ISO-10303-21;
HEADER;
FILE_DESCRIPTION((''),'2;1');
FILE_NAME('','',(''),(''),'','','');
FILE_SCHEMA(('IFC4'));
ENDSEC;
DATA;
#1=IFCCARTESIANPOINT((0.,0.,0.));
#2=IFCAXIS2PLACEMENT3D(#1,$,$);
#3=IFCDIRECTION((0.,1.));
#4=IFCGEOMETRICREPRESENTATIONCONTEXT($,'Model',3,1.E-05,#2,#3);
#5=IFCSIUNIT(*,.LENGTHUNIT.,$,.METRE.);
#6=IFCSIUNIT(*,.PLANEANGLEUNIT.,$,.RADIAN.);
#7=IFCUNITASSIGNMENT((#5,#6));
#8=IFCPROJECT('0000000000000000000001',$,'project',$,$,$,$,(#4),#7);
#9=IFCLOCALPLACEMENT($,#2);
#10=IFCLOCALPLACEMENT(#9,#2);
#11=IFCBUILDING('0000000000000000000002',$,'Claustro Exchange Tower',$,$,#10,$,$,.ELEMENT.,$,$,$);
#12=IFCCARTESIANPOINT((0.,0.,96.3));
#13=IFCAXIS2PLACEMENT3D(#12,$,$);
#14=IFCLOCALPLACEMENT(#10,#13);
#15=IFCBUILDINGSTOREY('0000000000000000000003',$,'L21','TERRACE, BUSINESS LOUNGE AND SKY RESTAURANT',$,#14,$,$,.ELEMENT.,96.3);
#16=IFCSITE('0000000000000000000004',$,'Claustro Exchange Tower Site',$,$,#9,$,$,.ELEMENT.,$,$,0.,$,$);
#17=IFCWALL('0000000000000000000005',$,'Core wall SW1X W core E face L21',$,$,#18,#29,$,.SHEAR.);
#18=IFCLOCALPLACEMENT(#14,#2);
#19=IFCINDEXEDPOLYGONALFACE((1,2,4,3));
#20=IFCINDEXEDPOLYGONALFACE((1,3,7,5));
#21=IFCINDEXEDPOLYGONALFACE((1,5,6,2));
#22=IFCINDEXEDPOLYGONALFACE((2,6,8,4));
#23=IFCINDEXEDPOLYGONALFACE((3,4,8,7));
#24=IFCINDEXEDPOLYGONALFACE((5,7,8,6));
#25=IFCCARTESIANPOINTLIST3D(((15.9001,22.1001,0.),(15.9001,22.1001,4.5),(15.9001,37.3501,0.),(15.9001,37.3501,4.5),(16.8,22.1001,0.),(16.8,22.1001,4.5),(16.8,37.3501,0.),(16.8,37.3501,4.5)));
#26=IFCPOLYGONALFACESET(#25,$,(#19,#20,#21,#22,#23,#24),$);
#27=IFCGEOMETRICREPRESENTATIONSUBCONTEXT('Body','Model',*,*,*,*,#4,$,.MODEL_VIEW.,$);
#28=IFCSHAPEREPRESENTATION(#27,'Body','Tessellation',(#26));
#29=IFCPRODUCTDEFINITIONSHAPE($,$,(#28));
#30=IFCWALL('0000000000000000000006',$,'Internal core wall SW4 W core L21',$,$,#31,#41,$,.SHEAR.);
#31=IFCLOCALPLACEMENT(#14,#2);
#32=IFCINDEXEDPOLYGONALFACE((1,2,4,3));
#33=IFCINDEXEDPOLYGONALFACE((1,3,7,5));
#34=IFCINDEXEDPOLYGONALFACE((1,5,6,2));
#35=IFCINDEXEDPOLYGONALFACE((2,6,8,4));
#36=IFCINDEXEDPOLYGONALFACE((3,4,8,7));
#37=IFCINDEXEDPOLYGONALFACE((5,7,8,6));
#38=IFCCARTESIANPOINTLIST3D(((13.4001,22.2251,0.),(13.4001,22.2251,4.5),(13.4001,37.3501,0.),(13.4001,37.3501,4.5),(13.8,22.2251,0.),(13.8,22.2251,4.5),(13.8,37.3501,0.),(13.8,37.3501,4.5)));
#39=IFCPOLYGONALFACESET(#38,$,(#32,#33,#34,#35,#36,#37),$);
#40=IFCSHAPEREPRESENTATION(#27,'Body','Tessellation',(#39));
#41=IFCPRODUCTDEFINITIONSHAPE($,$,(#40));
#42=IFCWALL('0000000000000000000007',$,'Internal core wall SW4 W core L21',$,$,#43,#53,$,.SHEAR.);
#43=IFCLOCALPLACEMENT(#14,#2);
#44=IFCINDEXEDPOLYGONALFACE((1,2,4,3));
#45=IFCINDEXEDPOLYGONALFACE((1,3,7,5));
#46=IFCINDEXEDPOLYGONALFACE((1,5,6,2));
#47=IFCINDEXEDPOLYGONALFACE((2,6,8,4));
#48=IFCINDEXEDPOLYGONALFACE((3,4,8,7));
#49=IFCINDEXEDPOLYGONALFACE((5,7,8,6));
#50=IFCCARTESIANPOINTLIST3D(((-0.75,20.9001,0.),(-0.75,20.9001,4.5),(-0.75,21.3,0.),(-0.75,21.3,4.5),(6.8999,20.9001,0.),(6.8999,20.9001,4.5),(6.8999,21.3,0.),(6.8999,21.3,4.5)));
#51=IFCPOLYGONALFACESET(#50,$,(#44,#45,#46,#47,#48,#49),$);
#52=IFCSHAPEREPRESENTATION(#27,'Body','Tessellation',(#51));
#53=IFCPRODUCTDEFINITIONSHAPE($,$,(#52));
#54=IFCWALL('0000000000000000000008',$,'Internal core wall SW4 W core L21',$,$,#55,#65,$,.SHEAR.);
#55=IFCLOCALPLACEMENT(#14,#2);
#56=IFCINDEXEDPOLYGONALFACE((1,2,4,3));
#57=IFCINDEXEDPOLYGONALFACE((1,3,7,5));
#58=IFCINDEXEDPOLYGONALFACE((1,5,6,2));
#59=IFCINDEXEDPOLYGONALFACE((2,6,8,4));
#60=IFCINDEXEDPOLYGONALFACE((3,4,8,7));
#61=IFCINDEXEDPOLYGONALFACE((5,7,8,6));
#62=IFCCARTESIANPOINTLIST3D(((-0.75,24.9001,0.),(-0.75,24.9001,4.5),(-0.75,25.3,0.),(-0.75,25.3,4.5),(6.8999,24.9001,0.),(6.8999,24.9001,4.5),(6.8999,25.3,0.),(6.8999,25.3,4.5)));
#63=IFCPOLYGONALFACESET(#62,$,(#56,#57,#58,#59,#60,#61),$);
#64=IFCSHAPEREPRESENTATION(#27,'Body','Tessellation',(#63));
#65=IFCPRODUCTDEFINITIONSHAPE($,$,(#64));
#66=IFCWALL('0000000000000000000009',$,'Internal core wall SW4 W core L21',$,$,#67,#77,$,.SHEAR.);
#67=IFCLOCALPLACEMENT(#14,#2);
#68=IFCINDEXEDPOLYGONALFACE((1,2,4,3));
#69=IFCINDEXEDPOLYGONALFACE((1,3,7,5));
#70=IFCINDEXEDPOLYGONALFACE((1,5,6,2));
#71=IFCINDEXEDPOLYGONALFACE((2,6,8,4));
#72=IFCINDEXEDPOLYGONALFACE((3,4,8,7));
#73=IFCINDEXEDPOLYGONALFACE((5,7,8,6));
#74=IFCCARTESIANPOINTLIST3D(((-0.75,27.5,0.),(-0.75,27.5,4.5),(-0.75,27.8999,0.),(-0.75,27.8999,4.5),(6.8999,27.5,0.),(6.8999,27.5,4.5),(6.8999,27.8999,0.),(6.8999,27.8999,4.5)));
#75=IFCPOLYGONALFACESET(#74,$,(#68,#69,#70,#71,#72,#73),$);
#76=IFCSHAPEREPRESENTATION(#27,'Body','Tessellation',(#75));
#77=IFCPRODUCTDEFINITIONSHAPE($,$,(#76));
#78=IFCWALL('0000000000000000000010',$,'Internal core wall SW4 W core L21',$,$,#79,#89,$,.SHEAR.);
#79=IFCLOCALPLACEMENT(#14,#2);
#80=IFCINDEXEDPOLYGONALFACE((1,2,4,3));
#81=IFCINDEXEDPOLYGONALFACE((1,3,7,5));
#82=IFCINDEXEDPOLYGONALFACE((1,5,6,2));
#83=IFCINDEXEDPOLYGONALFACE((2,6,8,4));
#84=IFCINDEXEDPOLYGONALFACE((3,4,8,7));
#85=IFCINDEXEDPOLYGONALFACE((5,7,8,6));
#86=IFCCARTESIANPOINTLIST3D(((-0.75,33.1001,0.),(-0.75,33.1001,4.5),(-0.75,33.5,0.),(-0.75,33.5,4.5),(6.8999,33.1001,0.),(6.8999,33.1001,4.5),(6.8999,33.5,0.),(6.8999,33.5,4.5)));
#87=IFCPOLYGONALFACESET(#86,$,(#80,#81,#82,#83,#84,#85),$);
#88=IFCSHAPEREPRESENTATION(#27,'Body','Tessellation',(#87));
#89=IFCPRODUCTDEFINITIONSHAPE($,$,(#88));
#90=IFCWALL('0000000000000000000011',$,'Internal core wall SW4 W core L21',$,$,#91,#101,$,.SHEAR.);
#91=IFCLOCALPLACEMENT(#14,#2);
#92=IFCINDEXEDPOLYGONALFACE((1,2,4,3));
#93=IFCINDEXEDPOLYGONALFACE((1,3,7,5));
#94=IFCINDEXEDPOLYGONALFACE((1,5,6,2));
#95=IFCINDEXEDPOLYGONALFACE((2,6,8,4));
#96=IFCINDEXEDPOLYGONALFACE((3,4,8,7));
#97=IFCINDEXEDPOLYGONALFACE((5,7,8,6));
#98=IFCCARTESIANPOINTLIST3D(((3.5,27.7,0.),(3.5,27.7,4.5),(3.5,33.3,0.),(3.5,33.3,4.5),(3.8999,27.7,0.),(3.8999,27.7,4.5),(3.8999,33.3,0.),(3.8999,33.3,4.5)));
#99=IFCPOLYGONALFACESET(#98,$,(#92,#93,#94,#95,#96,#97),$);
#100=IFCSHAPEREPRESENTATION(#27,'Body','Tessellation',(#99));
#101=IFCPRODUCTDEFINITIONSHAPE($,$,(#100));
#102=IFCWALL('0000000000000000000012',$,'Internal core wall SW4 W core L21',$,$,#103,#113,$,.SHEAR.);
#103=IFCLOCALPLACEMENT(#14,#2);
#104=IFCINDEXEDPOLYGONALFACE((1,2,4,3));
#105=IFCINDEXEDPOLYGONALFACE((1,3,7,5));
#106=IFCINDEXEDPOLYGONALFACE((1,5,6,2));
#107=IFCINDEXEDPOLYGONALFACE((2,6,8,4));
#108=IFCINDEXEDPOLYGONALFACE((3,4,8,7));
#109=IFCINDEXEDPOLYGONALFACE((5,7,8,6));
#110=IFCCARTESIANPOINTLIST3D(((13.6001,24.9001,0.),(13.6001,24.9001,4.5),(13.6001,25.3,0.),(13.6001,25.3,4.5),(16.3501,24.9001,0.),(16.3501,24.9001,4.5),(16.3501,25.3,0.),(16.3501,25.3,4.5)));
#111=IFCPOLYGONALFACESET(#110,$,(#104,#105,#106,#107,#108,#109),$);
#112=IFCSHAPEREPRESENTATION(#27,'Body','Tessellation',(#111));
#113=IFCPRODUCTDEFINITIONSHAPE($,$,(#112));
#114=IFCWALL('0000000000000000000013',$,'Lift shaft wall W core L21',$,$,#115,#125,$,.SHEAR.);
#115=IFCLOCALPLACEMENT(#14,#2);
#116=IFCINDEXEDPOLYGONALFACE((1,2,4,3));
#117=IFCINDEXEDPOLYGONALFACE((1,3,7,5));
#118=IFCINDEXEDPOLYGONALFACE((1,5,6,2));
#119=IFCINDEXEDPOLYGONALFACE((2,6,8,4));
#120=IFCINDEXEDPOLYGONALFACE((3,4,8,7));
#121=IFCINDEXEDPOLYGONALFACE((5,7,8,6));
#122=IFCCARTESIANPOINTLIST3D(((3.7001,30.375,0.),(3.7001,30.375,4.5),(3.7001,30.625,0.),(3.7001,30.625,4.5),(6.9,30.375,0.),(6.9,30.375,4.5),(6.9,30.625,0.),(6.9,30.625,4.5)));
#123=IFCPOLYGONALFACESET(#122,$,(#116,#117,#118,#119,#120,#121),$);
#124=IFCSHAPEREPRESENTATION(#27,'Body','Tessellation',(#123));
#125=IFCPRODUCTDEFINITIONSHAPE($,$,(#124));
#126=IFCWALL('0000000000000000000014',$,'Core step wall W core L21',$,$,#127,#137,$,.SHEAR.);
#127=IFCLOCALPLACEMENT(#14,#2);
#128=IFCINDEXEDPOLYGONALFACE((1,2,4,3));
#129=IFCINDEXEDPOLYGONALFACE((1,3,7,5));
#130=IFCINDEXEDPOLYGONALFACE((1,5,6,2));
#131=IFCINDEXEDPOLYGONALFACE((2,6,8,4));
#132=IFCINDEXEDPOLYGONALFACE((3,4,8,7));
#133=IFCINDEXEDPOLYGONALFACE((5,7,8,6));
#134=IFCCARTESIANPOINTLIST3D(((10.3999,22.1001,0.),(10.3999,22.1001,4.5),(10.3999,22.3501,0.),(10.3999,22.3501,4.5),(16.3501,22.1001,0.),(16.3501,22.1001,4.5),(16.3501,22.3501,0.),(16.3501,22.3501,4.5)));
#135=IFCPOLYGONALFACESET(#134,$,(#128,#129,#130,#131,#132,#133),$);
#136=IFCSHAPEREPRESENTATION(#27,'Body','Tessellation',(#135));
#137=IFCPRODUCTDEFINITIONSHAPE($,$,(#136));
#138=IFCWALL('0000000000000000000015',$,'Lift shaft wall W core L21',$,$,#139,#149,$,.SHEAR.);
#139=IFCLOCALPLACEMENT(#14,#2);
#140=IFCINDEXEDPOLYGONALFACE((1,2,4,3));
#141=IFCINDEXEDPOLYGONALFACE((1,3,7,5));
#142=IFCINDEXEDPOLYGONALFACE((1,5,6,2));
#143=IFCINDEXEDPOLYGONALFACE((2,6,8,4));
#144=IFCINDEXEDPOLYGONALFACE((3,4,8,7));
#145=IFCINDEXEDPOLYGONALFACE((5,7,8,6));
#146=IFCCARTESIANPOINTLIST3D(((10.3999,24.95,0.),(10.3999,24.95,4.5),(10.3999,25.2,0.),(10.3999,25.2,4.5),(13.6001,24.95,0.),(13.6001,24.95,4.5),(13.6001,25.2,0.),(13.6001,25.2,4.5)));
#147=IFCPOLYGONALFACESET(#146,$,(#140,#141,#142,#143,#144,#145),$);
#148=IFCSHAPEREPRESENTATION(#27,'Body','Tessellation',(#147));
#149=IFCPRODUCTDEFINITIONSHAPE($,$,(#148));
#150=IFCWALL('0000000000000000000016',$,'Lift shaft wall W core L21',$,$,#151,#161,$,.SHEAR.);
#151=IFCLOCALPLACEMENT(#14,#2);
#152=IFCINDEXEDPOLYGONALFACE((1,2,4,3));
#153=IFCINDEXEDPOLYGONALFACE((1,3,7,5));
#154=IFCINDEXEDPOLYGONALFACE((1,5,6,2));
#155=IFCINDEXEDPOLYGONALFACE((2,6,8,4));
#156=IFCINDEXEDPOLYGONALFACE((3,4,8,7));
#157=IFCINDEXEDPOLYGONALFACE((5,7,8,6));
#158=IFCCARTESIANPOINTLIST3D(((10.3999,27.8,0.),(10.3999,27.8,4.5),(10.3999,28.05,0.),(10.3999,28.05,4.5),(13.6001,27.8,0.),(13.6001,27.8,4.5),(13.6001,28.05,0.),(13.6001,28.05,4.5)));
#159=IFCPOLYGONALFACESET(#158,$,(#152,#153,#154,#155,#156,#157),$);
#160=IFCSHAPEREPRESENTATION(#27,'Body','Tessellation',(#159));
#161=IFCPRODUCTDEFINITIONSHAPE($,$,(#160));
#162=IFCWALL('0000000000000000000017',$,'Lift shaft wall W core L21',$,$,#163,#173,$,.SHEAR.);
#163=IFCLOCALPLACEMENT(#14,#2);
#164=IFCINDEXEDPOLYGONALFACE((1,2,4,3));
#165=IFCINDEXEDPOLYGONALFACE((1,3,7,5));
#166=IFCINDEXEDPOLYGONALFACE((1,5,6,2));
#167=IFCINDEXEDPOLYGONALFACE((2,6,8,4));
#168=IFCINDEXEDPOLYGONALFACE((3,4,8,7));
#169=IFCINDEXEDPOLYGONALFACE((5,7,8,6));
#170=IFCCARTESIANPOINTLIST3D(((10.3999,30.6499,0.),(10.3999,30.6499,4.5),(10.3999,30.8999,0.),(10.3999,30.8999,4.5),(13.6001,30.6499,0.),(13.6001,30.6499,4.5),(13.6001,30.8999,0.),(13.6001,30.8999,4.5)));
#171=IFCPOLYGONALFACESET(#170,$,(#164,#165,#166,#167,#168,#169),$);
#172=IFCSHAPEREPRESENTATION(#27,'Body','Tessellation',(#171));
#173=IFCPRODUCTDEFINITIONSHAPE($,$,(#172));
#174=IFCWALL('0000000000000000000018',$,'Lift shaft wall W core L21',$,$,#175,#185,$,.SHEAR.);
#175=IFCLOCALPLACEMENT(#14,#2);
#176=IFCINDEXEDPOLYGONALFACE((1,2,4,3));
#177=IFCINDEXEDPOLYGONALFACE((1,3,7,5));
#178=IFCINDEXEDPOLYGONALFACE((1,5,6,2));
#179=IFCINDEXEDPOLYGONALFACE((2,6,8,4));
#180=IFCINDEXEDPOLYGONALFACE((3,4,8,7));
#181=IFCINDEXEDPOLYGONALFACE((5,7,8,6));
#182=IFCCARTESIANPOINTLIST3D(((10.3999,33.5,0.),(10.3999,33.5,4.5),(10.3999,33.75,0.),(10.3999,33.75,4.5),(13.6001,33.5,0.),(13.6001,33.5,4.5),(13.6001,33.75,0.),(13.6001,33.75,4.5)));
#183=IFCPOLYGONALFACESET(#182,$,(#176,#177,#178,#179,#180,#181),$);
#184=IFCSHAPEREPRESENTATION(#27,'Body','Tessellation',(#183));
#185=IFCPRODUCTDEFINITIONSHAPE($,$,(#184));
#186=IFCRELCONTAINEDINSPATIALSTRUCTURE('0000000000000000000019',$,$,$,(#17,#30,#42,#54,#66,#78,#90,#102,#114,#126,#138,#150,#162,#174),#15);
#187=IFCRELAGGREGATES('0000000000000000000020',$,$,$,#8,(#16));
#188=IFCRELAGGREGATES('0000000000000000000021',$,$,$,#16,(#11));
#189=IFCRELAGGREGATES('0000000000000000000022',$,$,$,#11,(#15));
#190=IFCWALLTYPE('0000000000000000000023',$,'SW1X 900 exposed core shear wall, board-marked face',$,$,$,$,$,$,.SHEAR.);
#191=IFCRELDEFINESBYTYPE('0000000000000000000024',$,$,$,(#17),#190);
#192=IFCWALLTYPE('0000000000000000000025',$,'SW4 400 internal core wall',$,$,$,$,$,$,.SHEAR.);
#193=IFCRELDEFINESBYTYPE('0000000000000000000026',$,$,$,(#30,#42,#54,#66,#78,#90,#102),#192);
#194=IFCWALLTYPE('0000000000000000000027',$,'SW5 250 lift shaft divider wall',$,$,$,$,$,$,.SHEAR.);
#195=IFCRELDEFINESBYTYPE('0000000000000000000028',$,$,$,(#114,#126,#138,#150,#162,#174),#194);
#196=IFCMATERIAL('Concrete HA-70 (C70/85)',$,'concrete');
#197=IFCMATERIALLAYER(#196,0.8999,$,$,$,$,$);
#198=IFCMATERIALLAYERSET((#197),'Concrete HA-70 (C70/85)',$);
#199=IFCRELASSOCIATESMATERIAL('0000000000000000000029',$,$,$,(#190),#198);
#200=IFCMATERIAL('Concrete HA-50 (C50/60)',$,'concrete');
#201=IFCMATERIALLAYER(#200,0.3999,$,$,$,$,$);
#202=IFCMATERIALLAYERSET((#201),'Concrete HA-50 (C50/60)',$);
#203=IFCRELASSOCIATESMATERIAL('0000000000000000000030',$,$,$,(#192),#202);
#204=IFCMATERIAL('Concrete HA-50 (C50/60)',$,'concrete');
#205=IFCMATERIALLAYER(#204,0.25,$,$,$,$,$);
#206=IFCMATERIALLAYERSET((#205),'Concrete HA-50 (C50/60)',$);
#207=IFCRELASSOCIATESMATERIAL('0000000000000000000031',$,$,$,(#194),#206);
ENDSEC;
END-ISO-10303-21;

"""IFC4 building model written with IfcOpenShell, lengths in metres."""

from ifc_helpers import new_model, si_unit, direction, frame, frame_2d, origin, place, context, subcontext, project, spatial, rectangle, extrude, material, layer, layer_set, type_object, element, save


model = new_model("IFC4")

# Units and contexts
model_context = context("Model", 3, precision=1e-05, world=origin(), true_north=direction((0.0, 1.0)))
body_context = subcontext(model_context, "Body", "Model", "MODEL_VIEW")
ifc_project = project(units=[si_unit("LENGTHUNIT", "METRE"), si_unit("PLANEANGLEUNIT", "RADIAN")], contexts=[model_context])

# Site, building, storey
site_placement = place(None, origin())
site = spatial("IfcSite", under=ifc_project, at=site_placement, Name="Claustro Exchange Tower Site", CompositionType="ELEMENT", RefElevation=0.0)
building_placement = place(site_placement, origin())
building = spatial("IfcBuilding", under=site, at=building_placement, Name="Claustro Exchange Tower", CompositionType="ELEMENT")
storey_placement = place(building_placement, frame((0.0, 0.0, 96.3)))
storey = spatial("IfcBuildingStorey", under=building, at=storey_placement, Name="L21", Description="TERRACE, BUSINESS LOUNGE AND SKY RESTAURANT", CompositionType="ELEMENT", Elevation=96.3)

# Walls
ifc_material_1 = material(Name="Concrete HA-70 (C70/85)", Category="concrete")
ifc_layer_1 = layer(ifc_material_1, 0.8999)
ifc_layer_set_1 = layer_set([ifc_layer_1], Name="Concrete HA-70 (C70/85)")
wall_type_1 = type_object("IfcWallType", Name="SW1X 900 exposed core shear wall, board-marked face", PredefinedType="SHEAR", material=ifc_layer_set_1)
wall_1_placement = place(storey_placement, frame((16.3501, 22.1001, 0.0), z_axis=(0.0, 0.0, 1.0), x_axis=(0.0, 1.0, 0.0)))
element("IfcWall", 1, at=wall_1_placement, inside=storey, type_object=wall_type_1, Name="Core wall SW1X W core E face L21", PredefinedType="SHEAR", context=body_context, shape_type="SweptSolid", body=[
    extrude(rectangle(XDim=15.25, YDim=0.8999, at=frame_2d((7.625, 0.0))), origin(), (0.0, 0.0, 1.0), 4.5),
])
ifc_material_2 = material(Name="Concrete HA-50 (C50/60)", Category="concrete")
ifc_layer_2 = layer(ifc_material_2, 0.3999)
ifc_layer_set_2 = layer_set([ifc_layer_2], Name="Concrete HA-50 (C50/60)")
wall_type_2 = type_object("IfcWallType", Name="SW4 400 internal core wall", PredefinedType="SHEAR", material=ifc_layer_set_2)
wall_2_placement = place(storey_placement, frame((13.6001, 22.2251, 0.0), z_axis=(0.0, 0.0, 1.0), x_axis=(0.0, 1.0, 0.0)))
element("IfcWall", 2, at=wall_2_placement, inside=storey, type_object=wall_type_2, Name="Internal core wall SW4 W core L21", PredefinedType="SHEAR", context=body_context, shape_type="SweptSolid", body=[
    extrude(rectangle(XDim=15.125, YDim=0.3999, at=frame_2d((7.5625, 0.0))), origin(), (0.0, 0.0, 1.0), 4.5),
])
for number, where, z_axis, x_axis, name in (
    (3, (-0.75, 21.1001, 0.0), (0.0, 0.0, 1.0), (1.0, 0.0, 0.0), "Internal core wall SW4 W core L21"),
    (4, (-0.75, 25.1001, 0.0), (0.0, 0.0, 1.0), (1.0, 0.0, 0.0), "Internal core wall SW4 W core L21"),
    (5, (-0.75, 27.7, 0.0), (0.0, 0.0, 1.0), (1.0, 0.0, 0.0), "Internal core wall SW4 W core L21"),
    (6, (-0.75, 33.3, 0.0), (0.0, 0.0, 1.0), (1.0, 0.0, 0.0), "Internal core wall SW4 W core L21"),
):
    element("IfcWall", number, at=place(storey_placement, frame(where, z_axis=z_axis, x_axis=x_axis)), inside=storey, type_object=wall_type_2, Name=name, PredefinedType="SHEAR", context=body_context, shape_type="SweptSolid", body=[
        extrude(rectangle(XDim=7.6499, YDim=0.3999, at=frame_2d((3.825, 0.0))), origin(), (0.0, 0.0, 1.0), 4.5),
    ])
wall_3_placement = place(storey_placement, frame((3.7, 27.7, 0.0), z_axis=(0.0, 0.0, 1.0), x_axis=(0.0, 1.0, 0.0)))
element("IfcWall", 7, at=wall_3_placement, inside=storey, type_object=wall_type_2, Name="Internal core wall SW4 W core L21", PredefinedType="SHEAR", context=body_context, shape_type="SweptSolid", body=[
    extrude(rectangle(XDim=5.6001, YDim=0.3999, at=frame_2d((2.8, 0.0))), origin(), (0.0, 0.0, 1.0), 4.5),
])
wall_4_placement = place(storey_placement, frame((13.6001, 25.1001, 0.0), z_axis=(0.0, 0.0, 1.0), x_axis=(1.0, 0.0, 0.0)))
element("IfcWall", 8, at=wall_4_placement, inside=storey, type_object=wall_type_2, Name="Internal core wall SW4 W core L21", PredefinedType="SHEAR", context=body_context, shape_type="SweptSolid", body=[
    extrude(rectangle(XDim=2.75, YDim=0.3999, at=frame_2d((1.375, 0.0))), origin(), (0.0, 0.0, 1.0), 4.5),
])
ifc_material_3 = material(Name="Concrete HA-50 (C50/60)", Category="concrete")
ifc_layer_3 = layer(ifc_material_3, 0.25)
ifc_layer_set_3 = layer_set([ifc_layer_3], Name="Concrete HA-50 (C50/60)")
wall_type_3 = type_object("IfcWallType", Name="SW5 250 lift shaft divider wall", PredefinedType="SHEAR", material=ifc_layer_set_3)
wall_5_placement = place(storey_placement, frame((3.7, 30.5, 0.0), z_axis=(0.0, 0.0, 1.0), x_axis=(1.0, 0.0, 0.0)))
element("IfcWall", 9, at=wall_5_placement, inside=storey, type_object=wall_type_3, Name="Lift shaft wall W core L21", PredefinedType="SHEAR", context=body_context, shape_type="SweptSolid", body=[
    extrude(rectangle(XDim=3.2, YDim=0.25, at=frame_2d((1.6001, 0.0))), origin(), (0.0, 0.0, 1.0), 4.5),
])
wall_6_placement = place(storey_placement, frame((10.3999, 22.2251, 0.0), z_axis=(0.0, 0.0, 1.0), x_axis=(1.0, 0.0, 0.0)))
element("IfcWall", 10, at=wall_6_placement, inside=storey, type_object=wall_type_3, Name="Core step wall W core L21", PredefinedType="SHEAR", context=body_context, shape_type="SweptSolid", body=[
    extrude(rectangle(XDim=5.9502, YDim=0.25, at=frame_2d((2.9751, 0.0))), origin(), (0.0, 0.0, 1.0), 4.5),
])
for number, where, z_axis, x_axis, name in (
    (11, (10.3999, 25.075, 0.0), (0.0, 0.0, 1.0), (1.0, 0.0, 0.0), "Lift shaft wall W core L21"),
    (12, (10.3999, 27.925, 0.0), (0.0, 0.0, 1.0), (1.0, 0.0, 0.0), "Lift shaft wall W core L21"),
    (13, (10.3999, 30.7749, 0.0), (0.0, 0.0, 1.0), (1.0, 0.0, 0.0), "Lift shaft wall W core L21"),
    (14, (10.3999, 33.625, 0.0), (0.0, 0.0, 1.0), (1.0, 0.0, 0.0), "Lift shaft wall W core L21"),
):
    element("IfcWall", number, at=place(storey_placement, frame(where, z_axis=z_axis, x_axis=x_axis)), inside=storey, type_object=wall_type_3, Name=name, PredefinedType="SHEAR", context=body_context, shape_type="SweptSolid", body=[
        extrude(rectangle(XDim=3.2002, YDim=0.25, at=frame_2d((1.6001, 0.0))), origin(), (0.0, 0.0, 1.0), 4.5),
    ])

save(model, "model.ifc")
